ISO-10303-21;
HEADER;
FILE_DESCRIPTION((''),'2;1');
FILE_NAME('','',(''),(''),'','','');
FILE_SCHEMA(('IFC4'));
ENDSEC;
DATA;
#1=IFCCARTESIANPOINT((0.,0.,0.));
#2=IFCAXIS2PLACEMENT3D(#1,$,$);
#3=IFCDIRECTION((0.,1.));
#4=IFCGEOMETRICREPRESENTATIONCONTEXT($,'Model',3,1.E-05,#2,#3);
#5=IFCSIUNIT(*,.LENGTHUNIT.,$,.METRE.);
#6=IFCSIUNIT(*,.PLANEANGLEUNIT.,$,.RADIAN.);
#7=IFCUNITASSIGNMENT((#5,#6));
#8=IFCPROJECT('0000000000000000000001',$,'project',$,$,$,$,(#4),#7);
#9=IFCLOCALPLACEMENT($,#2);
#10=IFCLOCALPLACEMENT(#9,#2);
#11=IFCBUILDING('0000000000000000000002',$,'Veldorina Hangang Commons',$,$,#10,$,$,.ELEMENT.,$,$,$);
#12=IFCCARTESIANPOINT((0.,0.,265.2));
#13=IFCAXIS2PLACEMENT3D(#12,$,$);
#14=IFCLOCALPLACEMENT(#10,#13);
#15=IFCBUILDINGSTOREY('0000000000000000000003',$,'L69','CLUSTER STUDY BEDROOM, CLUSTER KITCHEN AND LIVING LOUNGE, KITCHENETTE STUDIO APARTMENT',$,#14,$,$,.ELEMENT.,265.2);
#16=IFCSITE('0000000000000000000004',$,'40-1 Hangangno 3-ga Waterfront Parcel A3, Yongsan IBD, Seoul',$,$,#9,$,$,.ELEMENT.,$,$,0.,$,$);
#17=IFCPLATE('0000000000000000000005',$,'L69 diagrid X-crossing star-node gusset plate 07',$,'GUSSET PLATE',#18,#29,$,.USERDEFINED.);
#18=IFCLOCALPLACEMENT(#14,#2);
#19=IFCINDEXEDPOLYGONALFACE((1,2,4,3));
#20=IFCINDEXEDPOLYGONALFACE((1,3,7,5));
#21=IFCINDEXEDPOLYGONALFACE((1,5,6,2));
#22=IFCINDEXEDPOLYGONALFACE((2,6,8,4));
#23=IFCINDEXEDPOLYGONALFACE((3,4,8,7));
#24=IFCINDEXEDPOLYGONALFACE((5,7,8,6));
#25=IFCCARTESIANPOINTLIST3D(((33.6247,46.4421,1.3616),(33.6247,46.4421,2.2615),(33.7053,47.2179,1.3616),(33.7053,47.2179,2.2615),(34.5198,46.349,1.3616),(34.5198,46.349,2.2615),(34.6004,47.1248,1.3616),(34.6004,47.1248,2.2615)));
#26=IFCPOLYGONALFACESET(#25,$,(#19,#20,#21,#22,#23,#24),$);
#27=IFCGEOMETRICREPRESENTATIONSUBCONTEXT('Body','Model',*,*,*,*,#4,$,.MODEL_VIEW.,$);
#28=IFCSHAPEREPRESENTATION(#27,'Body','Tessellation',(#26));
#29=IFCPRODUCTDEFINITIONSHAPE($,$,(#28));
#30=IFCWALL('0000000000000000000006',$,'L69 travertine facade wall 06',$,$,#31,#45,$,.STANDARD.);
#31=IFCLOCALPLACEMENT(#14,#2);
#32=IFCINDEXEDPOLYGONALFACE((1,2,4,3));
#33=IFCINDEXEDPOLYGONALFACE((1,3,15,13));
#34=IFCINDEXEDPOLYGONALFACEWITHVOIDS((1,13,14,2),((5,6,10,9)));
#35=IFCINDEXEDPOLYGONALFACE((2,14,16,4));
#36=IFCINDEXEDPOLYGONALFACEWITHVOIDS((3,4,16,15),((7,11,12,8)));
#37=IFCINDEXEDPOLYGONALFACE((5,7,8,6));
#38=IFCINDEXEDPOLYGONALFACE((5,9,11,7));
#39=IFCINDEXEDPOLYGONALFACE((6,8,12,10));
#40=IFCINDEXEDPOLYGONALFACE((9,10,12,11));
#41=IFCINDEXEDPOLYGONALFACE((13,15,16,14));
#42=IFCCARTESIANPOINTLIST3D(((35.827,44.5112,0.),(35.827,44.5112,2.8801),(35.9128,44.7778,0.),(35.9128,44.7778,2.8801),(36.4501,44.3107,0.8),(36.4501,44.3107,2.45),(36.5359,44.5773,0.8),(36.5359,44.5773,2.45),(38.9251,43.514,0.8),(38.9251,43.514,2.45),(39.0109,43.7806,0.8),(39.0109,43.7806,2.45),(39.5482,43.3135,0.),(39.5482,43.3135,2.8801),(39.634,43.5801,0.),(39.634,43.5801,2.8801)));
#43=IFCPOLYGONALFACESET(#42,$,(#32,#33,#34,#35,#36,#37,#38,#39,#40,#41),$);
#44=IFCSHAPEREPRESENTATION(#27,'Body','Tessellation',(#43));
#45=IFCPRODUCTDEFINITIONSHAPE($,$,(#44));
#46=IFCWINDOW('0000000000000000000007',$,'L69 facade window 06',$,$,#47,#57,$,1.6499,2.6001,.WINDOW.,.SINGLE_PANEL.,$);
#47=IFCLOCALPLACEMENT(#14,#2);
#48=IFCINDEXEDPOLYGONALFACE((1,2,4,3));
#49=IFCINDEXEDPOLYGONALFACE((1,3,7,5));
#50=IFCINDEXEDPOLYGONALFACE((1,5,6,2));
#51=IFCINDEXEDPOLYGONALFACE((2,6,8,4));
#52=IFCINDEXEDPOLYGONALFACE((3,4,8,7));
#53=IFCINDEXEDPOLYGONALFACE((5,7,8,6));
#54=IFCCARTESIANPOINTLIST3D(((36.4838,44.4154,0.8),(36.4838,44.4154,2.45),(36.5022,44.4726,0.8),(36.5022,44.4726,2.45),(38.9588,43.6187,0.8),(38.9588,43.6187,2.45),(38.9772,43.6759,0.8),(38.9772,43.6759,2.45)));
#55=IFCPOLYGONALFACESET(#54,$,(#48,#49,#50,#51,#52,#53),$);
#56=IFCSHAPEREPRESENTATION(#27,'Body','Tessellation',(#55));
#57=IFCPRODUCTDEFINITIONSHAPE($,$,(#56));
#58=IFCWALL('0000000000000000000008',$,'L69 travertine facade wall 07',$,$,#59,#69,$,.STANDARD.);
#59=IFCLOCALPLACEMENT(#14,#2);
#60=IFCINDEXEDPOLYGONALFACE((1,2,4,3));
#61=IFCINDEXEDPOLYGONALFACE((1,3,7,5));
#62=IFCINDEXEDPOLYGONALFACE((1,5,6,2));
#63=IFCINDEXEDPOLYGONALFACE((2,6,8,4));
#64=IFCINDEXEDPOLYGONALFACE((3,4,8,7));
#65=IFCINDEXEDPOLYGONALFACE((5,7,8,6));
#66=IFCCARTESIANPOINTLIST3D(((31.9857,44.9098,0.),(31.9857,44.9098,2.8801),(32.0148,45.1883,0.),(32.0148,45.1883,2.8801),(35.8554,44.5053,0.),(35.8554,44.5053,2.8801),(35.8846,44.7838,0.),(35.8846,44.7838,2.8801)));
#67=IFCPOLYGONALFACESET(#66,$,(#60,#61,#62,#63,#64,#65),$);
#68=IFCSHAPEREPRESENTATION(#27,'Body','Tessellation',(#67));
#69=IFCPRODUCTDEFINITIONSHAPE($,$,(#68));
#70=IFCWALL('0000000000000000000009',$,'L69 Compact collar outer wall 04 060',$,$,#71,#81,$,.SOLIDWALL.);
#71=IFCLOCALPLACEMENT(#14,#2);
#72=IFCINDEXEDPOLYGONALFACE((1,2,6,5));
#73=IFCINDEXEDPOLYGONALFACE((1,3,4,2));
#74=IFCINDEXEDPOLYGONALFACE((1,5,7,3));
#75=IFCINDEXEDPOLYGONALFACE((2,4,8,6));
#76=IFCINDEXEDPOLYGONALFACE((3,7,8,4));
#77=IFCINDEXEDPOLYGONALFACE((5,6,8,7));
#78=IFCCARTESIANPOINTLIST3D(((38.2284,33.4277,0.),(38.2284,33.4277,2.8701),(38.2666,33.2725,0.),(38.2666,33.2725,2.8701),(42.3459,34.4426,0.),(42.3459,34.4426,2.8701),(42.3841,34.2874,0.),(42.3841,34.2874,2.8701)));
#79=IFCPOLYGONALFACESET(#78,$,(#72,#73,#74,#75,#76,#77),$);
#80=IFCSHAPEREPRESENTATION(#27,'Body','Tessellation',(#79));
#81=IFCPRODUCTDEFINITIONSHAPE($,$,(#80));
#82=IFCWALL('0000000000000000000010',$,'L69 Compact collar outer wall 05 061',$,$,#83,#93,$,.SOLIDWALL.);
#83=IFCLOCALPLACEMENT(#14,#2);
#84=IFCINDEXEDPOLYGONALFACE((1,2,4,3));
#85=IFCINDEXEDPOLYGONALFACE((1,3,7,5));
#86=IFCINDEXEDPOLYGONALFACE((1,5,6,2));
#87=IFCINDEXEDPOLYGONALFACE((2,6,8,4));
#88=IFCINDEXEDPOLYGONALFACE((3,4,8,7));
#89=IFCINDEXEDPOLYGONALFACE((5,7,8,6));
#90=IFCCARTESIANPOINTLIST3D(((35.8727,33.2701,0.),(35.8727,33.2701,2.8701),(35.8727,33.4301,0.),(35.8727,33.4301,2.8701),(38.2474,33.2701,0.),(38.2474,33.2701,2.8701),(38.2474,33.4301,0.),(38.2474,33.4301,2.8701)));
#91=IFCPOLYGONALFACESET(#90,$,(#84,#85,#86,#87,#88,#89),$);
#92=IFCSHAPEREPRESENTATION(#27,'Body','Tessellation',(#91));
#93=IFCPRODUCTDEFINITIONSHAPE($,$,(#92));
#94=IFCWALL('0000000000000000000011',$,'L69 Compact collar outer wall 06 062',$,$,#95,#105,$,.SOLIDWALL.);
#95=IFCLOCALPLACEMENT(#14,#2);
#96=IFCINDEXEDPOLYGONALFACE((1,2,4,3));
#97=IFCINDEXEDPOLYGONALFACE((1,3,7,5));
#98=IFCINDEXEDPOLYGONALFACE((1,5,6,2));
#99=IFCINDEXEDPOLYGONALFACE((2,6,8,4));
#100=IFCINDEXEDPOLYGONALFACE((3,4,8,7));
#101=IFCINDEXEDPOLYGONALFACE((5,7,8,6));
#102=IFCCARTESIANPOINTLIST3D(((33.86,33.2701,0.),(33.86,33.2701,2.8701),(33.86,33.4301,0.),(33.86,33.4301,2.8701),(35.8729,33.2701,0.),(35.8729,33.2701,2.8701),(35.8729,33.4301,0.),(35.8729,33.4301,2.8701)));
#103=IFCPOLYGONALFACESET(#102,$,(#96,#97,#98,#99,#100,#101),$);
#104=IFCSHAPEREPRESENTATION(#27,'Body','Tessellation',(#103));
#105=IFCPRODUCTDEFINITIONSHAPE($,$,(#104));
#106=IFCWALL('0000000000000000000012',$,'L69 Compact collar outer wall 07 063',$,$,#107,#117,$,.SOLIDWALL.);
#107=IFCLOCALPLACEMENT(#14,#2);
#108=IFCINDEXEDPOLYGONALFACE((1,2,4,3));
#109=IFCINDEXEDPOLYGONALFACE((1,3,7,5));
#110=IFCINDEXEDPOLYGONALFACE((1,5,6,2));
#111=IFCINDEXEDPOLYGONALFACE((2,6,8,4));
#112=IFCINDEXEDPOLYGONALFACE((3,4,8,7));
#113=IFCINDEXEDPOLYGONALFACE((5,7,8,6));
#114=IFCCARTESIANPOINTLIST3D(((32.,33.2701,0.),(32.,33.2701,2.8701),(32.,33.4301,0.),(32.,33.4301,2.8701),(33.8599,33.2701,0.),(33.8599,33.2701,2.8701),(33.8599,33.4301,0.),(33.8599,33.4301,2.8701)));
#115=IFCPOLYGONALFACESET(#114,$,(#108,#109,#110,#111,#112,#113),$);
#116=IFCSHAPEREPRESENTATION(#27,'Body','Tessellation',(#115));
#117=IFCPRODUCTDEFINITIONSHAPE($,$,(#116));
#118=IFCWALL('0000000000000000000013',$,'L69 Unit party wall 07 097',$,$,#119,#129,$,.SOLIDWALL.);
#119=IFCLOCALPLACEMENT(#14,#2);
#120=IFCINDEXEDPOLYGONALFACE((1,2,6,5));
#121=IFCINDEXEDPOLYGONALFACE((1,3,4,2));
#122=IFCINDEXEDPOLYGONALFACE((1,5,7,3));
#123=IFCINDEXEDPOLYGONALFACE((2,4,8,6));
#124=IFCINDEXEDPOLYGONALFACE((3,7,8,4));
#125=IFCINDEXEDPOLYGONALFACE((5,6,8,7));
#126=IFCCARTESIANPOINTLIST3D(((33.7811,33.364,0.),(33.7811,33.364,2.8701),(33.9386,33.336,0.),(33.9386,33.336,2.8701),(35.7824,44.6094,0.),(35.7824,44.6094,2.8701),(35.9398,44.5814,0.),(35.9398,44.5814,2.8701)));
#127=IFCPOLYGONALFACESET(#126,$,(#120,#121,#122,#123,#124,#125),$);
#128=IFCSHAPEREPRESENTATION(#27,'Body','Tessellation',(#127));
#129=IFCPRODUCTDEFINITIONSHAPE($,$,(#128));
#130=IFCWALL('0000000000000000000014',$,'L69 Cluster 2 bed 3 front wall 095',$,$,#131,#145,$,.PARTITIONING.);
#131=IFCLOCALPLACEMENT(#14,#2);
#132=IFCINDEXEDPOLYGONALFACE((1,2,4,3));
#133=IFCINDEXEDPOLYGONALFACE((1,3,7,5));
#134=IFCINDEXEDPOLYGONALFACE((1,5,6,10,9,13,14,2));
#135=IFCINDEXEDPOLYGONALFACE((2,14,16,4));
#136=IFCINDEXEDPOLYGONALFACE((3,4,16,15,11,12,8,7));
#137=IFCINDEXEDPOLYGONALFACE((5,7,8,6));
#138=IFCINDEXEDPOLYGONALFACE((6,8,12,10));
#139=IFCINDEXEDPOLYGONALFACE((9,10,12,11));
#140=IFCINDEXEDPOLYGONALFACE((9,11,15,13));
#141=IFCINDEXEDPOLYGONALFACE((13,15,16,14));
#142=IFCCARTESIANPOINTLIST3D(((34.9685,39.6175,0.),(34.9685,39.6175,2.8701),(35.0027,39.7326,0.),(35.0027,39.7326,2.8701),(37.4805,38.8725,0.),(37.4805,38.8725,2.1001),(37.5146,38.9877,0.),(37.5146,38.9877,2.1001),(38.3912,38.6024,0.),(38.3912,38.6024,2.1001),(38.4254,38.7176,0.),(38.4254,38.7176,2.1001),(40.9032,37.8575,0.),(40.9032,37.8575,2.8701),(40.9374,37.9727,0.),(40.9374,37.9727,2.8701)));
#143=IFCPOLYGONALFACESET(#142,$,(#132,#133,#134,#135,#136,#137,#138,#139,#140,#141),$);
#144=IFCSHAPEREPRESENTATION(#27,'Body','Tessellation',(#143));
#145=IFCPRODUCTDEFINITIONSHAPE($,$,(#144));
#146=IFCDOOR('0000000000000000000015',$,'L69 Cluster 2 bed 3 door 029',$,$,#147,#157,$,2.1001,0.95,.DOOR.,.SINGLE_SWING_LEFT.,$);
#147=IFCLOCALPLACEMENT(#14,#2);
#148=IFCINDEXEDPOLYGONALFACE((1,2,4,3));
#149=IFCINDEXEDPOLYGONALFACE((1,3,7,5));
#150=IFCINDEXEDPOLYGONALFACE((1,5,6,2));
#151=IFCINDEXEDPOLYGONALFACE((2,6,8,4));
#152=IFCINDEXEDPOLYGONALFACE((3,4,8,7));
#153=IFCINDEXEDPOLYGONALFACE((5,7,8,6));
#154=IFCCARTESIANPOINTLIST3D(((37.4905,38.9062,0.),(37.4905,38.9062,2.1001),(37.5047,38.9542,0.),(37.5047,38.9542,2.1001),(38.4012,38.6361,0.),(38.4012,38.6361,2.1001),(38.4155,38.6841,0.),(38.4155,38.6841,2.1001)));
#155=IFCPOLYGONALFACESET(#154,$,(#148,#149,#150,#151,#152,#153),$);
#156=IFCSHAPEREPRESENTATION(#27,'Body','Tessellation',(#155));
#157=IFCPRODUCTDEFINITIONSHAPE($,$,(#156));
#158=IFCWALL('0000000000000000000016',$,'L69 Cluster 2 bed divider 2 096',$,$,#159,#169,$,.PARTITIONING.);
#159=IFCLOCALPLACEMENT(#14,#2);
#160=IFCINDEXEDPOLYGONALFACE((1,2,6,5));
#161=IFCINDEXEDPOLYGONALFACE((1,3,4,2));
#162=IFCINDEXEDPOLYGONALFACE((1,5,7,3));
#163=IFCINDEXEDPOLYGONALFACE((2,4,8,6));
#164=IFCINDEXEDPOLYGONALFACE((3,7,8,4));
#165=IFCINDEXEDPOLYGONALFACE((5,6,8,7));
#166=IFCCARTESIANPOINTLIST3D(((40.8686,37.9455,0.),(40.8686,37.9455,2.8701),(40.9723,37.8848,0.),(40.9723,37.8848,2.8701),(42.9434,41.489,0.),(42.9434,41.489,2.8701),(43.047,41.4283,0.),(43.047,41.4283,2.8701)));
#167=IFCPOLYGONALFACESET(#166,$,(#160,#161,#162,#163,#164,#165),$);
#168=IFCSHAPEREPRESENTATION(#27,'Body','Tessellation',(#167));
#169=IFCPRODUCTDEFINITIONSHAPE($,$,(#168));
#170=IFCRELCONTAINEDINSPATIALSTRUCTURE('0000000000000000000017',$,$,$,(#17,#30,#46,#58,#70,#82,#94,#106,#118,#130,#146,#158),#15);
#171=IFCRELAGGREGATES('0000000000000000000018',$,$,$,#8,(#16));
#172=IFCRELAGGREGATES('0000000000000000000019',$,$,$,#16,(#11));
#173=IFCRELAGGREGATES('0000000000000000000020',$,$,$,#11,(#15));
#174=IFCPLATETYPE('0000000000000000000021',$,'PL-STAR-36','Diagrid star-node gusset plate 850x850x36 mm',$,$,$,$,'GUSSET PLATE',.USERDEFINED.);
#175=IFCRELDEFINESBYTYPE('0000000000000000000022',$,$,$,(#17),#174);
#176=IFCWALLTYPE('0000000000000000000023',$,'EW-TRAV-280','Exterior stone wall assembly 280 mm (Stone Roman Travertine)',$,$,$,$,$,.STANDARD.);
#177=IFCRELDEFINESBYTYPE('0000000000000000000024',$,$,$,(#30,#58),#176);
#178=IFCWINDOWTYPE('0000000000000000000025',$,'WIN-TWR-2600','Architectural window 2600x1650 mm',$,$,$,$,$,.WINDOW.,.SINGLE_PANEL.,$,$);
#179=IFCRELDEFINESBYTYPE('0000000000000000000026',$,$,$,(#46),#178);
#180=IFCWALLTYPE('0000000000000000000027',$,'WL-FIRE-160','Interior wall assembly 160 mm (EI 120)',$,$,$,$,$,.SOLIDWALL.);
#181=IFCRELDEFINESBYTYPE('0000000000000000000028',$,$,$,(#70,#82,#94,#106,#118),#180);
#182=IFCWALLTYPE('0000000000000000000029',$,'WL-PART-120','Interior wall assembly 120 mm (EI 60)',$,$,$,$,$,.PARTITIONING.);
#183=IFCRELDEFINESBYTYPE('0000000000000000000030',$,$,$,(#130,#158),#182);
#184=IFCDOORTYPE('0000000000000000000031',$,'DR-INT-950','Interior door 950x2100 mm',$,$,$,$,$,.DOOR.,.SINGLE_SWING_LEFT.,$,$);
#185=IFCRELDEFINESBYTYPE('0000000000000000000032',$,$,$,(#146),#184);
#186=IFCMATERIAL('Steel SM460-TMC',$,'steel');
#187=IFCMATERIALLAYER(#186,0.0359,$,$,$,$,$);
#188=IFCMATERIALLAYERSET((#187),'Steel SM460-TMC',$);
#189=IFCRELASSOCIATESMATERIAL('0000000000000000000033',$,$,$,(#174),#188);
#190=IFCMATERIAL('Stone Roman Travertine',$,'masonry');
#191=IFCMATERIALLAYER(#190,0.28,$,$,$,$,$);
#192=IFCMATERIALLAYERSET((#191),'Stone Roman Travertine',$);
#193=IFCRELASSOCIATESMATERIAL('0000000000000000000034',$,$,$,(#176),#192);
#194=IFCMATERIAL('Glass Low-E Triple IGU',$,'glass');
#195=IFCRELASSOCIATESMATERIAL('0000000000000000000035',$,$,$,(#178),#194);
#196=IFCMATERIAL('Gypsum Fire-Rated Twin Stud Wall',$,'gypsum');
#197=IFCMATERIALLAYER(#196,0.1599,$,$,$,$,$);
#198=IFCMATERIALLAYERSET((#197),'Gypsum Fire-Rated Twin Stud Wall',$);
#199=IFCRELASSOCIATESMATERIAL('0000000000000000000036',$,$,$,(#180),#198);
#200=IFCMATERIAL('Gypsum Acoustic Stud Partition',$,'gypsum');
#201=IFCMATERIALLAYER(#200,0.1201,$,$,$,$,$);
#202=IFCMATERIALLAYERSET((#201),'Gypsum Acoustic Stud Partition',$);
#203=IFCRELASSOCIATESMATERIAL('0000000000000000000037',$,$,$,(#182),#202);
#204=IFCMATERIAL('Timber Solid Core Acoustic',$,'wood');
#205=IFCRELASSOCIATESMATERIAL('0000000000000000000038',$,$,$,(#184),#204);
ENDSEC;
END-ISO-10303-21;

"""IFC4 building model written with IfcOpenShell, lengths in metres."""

from ifc_helpers import new_model, si_unit, direction, frame, frame_2d, origin, origin_2d, place, context, subcontext, project, spatial, rectangle, extrude, material, layer, layer_set, type_object, element, fill, save


model = new_model("IFC4")

# Units and contexts
model_context = context("Model", 3, precision=1e-05, world=origin(), true_north=direction((0.0, 1.0)))
body_context = subcontext(model_context, "Body", "Model", "MODEL_VIEW")
ifc_project = project(units=[si_unit("LENGTHUNIT", "METRE"), si_unit("PLANEANGLEUNIT", "RADIAN")], contexts=[model_context])

# Site, building, storey
site_placement = place(None, origin())
site = spatial("IfcSite", under=ifc_project, at=site_placement, Name="40-1 Hangangno 3-ga Waterfront Parcel A3, Yongsan IBD, Seoul", CompositionType="ELEMENT", RefElevation=0.0)
building_placement = place(site_placement, origin())
building = spatial("IfcBuilding", under=site, at=building_placement, Name="Veldorina Hangang Commons", CompositionType="ELEMENT")
storey_placement = place(building_placement, frame((0.0, 0.0, 265.2)))
storey = spatial("IfcBuildingStorey", under=building, at=storey_placement, Name="L69", Description="CLUSTER STUDY BEDROOM, CLUSTER KITCHEN AND LIVING LOUNGE, KITCHENETTE STUDIO APARTMENT", CompositionType="ELEMENT", Elevation=265.2)

# Plate
ifc_material_1 = material(Name="Steel SM460-TMC", Category="steel")
ifc_layer_1 = layer(ifc_material_1, 0.0359)
ifc_layer_set_1 = layer_set([ifc_layer_1], Name="Steel SM460-TMC")
plate_type = type_object("IfcPlateType", Name="PL-STAR-36", Description="Diagrid star-node gusset plate 850x850x36 mm", ElementType="GUSSET PLATE", PredefinedType="USERDEFINED", material=ifc_layer_set_1)
plate_1_placement = place(storey_placement, frame((34.1125, 46.7834, 1.3616), z_axis=(0.0, 0.0, 1.0), x_axis=(-0.994638, 0.103418, 0.0)))
element("IfcPlate", 1, at=plate_1_placement, inside=storey, type_object=plate_type, Name="L69 diagrid X-crossing star-node gusset plate 07", ObjectType="GUSSET PLATE", PredefinedType="USERDEFINED", context=body_context, shape_type="SweptSolid", body=[
    extrude(rectangle(XDim=0.8999, YDim=0.78, at=origin_2d()), origin(), (0.0, 0.0, 1.0), 0.8999),
])

# Wall, opening, window
ifc_material_2 = material(Name="Stone Roman Travertine", Category="masonry")
ifc_layer_2 = layer(ifc_material_2, 0.28)
ifc_layer_set_2 = layer_set([ifc_layer_2], Name="Stone Roman Travertine")
wall_type_1 = type_object("IfcWallType", Name="EW-TRAV-280", Description="Exterior stone wall assembly 280 mm (Stone Roman Travertine)", PredefinedType="STANDARD", material=ifc_layer_set_2)
wall_1_placement = place(storey_placement, frame((39.5911, 43.4468, 0.0), z_axis=(0.0, 0.0, 1.0), x_axis=(-0.951905, 0.306393, 0.0)))
wall_1 = element("IfcWall", 2, at=wall_1_placement, inside=storey, type_object=wall_type_1, Name="L69 travertine facade wall 06", PredefinedType="STANDARD", context=body_context, shape_type="SweptSolid", body=[
    extrude(rectangle(XDim=3.9092, YDim=0.28, at=frame_2d((1.9546, 0.0))), origin(), (0.0, 0.0, 1.0), 2.8801),
])
opening_1_placement = place(wall_1_placement, frame((0.6545, 0.0, 0.8)))
opening_1 = element("IfcOpeningElement", 3, at=opening_1_placement, cuts=wall_1, PredefinedType="OPENING", context=body_context, shape_type="SweptSolid", body=[
    extrude(rectangle(XDim=2.6001, YDim=1.6499, at=frame_2d((1.3, 0.825))), frame((0.0, 0.1499, 0.0), z_axis=(0.0, -1.0, 0.0), x_axis=(1.0, 0.0, 0.0)), (0.0, 0.0, 1.0), 0.3),
])
ifc_material_3 = material(Name="Glass Low-E Triple IGU", Category="glass")
window_type = type_object("IfcWindowType", Name="WIN-TWR-2600", Description="Architectural window 2600x1650 mm", PartitioningType="SINGLE_PANEL", PredefinedType="WINDOW", material=ifc_material_3)
window_placement = place(opening_1_placement, origin())
window = element("IfcWindow", 4, at=window_placement, inside=storey, type_object=window_type, Name="L69 facade window 06", OverallHeight=1.6499, OverallWidth=2.6001, PartitioningType="SINGLE_PANEL", PredefinedType="WINDOW", context=body_context, shape_type="SweptSolid", body=[
    extrude(rectangle(XDim=2.6001, YDim=1.6499, at=frame_2d((1.3, 0.825))), frame((0.0, 0.03, 0.0), z_axis=(0.0, -1.0, 0.0), x_axis=(1.0, 0.0, 0.0)), (0.0, 0.0, 1.0), 0.0601),
])
fill(opening_1, window)

# Walls
wall_2_placement = place(storey_placement, frame((35.8699, 44.6445, 0.0), z_axis=(0.0, 0.0, 1.0), x_axis=(-0.99458, 0.103969, 0.0)))
element("IfcWall", 5, at=wall_2_placement, inside=storey, type_object=wall_type_1, Name="L69 travertine facade wall 07", PredefinedType="STANDARD", context=body_context, shape_type="SweptSolid", body=[
    extrude(rectangle(XDim=3.8909, YDim=0.28, at=frame_2d((1.9453, 0.0))), origin(), (0.0, 0.0, 1.0), 2.8801),
])
ifc_material_4 = material(Name="Gypsum Fire-Rated Twin Stud Wall", Category="gypsum")
ifc_layer_3 = layer(ifc_material_4, 0.1599)
ifc_layer_set_3 = layer_set([ifc_layer_3], Name="Gypsum Fire-Rated Twin Stud Wall")
wall_type_2 = type_object("IfcWallType", Name="WL-FIRE-160", Description="Interior wall assembly 160 mm (EI 120)", PredefinedType="SOLIDWALL", material=ifc_layer_set_3)
wall_3_placement = place(storey_placement, frame((42.365, 34.365, 0.0), z_axis=(0.0, 0.0, 1.0), x_axis=(-0.97094, -0.239324, 0.0)))
element("IfcWall", 6, at=wall_3_placement, inside=storey, type_object=wall_type_2, Name="L69 Compact collar outer wall 04 060", PredefinedType="SOLIDWALL", context=body_context, shape_type="SweptSolid", body=[
    extrude(rectangle(XDim=4.2407, YDim=0.1599, at=frame_2d((2.1204, 0.0))), origin(), (0.0, 0.0, 1.0), 2.8701),
])
wall_4_placement = place(storey_placement, frame((38.2476, 33.3501, 0.0), z_axis=(0.0, 0.0, 1.0), x_axis=(-1.0, 0.0, 0.0)))
element("IfcWall", 7, at=wall_4_placement, inside=storey, type_object=wall_type_2, Name="L69 Compact collar outer wall 05 061", PredefinedType="SOLIDWALL", context=body_context, shape_type="SweptSolid", body=[
    extrude(rectangle(XDim=2.3748, YDim=0.1599, at=frame_2d((1.1875, 0.0))), origin(), (0.0, 0.0, 1.0), 2.8701),
])
wall_5_placement = place(storey_placement, frame((35.8728, 33.3501, 0.0), z_axis=(0.0, 0.0, 1.0), x_axis=(-1.0, 0.0, 0.0)))
element("IfcWall", 8, at=wall_5_placement, inside=storey, type_object=wall_type_2, Name="L69 Compact collar outer wall 06 062", PredefinedType="SOLIDWALL", context=body_context, shape_type="SweptSolid", body=[
    extrude(rectangle(XDim=2.0129, YDim=0.1599, at=frame_2d((1.0063, 0.0))), origin(), (0.0, 0.0, 1.0), 2.8701),
])
wall_6_placement = place(storey_placement, frame((33.8599, 33.3501, 0.0), z_axis=(0.0, 0.0, 1.0), x_axis=(-1.0, 0.0, 0.0)))
element("IfcWall", 9, at=wall_6_placement, inside=storey, type_object=wall_type_2, Name="L69 Compact collar outer wall 07 063", PredefinedType="SOLIDWALL", context=body_context, shape_type="SweptSolid", body=[
    extrude(rectangle(XDim=1.8599, YDim=0.1599, at=frame_2d((0.9299, 0.0))), origin(), (0.0, 0.0, 1.0), 2.8701),
])
wall_7_placement = place(storey_placement, frame((33.8599, 33.3501, 0.0), z_axis=(0.0, 0.0, 1.0), x_axis=(0.175207, 0.984532, 0.0)))
element("IfcWall", 10, at=wall_7_placement, inside=storey, type_object=wall_type_2, Name="L69 Unit party wall 07 097", PredefinedType="SOLIDWALL", context=body_context, shape_type="SweptSolid", body=[
    extrude(rectangle(XDim=11.4221, YDim=0.1599, at=frame_2d((5.7109, 0.0))), origin(), (0.0, 0.0, 1.0), 2.8701),
])

# Wall, opening, door
ifc_material_5 = material(Name="Gypsum Acoustic Stud Partition", Category="gypsum")
ifc_layer_4 = layer(ifc_material_5, 0.1201)
ifc_layer_set_4 = layer_set([ifc_layer_4], Name="Gypsum Acoustic Stud Partition")
wall_type_3 = type_object("IfcWallType", Name="WL-PART-120", Description="Interior wall assembly 120 mm (EI 60)", PredefinedType="PARTITIONING", material=ifc_layer_set_4)
wall_8_placement = place(storey_placement, frame((40.9204, 37.915, 0.0), z_axis=(0.0, 0.0, 1.0), x_axis=(-0.95873, 0.284318, 0.0)))
wall_8 = element("IfcWall", 11, at=wall_8_placement, inside=storey, type_object=wall_type_3, Name="L69 Cluster 2 bed 3 front wall 095", PredefinedType="PARTITIONING", context=body_context, shape_type="SweptSolid", body=[
    extrude(rectangle(XDim=6.1902, YDim=0.1201, at=frame_2d((3.0952, 0.0))), origin(), (0.0, 0.0, 1.0), 2.8701),
])
opening_2_placement = place(wall_8_placement, frame((2.6201, 0.0, 0.0)))
opening_2 = element("IfcOpeningElement", 12, at=opening_2_placement, cuts=wall_8, PredefinedType="OPENING", context=body_context, shape_type="SweptSolid", body=[
    extrude(rectangle(XDim=0.95, YDim=2.1001, at=frame_2d((0.4751, 1.05))), frame((0.0, 0.0701, 0.0), z_axis=(0.0, -1.0, 0.0), x_axis=(1.0, 0.0, 0.0)), (0.0, 0.0, 1.0), 0.1401),
])
ifc_material_6 = material(Name="Timber Solid Core Acoustic", Category="wood")
door_type_1 = type_object("IfcDoorType", Name="DR-INT-950", Description="Interior door 950x2100 mm", OperationType="SINGLE_SWING_LEFT", PredefinedType="DOOR", material=ifc_material_6)
door_1_placement = place(opening_2_placement, origin())
door_1 = element("IfcDoor", 13, at=door_1_placement, inside=storey, type_object=door_type_1, Name="L69 Cluster 2 bed 3 door 029", OperationType="SINGLE_SWING_LEFT", OverallHeight=2.1001, OverallWidth=0.95, PredefinedType="DOOR", context=body_context, shape_type="SweptSolid", body=[
    extrude(rectangle(XDim=0.95, YDim=2.1001, at=frame_2d((0.4751, 1.05))), frame((0.0, 0.0249, 0.0), z_axis=(0.0, -1.0, 0.0), x_axis=(1.0, 0.0, 0.0)), (0.0, 0.0, 1.0), 0.05),
])
fill(opening_2, door_1)

# Wall
wall_9_placement = place(storey_placement, frame((40.9204, 37.915, 0.0), z_axis=(0.0, 0.0, 1.0), x_axis=(0.505268, 0.862963, 0.0)))
element("IfcWall", 14, at=wall_9_placement, inside=storey, type_object=wall_type_3, Name="L69 Cluster 2 bed divider 2 096", PredefinedType="PARTITIONING", context=body_context, shape_type="SweptSolid", body=[
    extrude(rectangle(XDim=4.1062, YDim=0.1201, at=frame_2d((2.0532, 0.0))), origin(), (0.0, 0.0, 1.0), 2.8701),
])

save(model, "model.ifc")
